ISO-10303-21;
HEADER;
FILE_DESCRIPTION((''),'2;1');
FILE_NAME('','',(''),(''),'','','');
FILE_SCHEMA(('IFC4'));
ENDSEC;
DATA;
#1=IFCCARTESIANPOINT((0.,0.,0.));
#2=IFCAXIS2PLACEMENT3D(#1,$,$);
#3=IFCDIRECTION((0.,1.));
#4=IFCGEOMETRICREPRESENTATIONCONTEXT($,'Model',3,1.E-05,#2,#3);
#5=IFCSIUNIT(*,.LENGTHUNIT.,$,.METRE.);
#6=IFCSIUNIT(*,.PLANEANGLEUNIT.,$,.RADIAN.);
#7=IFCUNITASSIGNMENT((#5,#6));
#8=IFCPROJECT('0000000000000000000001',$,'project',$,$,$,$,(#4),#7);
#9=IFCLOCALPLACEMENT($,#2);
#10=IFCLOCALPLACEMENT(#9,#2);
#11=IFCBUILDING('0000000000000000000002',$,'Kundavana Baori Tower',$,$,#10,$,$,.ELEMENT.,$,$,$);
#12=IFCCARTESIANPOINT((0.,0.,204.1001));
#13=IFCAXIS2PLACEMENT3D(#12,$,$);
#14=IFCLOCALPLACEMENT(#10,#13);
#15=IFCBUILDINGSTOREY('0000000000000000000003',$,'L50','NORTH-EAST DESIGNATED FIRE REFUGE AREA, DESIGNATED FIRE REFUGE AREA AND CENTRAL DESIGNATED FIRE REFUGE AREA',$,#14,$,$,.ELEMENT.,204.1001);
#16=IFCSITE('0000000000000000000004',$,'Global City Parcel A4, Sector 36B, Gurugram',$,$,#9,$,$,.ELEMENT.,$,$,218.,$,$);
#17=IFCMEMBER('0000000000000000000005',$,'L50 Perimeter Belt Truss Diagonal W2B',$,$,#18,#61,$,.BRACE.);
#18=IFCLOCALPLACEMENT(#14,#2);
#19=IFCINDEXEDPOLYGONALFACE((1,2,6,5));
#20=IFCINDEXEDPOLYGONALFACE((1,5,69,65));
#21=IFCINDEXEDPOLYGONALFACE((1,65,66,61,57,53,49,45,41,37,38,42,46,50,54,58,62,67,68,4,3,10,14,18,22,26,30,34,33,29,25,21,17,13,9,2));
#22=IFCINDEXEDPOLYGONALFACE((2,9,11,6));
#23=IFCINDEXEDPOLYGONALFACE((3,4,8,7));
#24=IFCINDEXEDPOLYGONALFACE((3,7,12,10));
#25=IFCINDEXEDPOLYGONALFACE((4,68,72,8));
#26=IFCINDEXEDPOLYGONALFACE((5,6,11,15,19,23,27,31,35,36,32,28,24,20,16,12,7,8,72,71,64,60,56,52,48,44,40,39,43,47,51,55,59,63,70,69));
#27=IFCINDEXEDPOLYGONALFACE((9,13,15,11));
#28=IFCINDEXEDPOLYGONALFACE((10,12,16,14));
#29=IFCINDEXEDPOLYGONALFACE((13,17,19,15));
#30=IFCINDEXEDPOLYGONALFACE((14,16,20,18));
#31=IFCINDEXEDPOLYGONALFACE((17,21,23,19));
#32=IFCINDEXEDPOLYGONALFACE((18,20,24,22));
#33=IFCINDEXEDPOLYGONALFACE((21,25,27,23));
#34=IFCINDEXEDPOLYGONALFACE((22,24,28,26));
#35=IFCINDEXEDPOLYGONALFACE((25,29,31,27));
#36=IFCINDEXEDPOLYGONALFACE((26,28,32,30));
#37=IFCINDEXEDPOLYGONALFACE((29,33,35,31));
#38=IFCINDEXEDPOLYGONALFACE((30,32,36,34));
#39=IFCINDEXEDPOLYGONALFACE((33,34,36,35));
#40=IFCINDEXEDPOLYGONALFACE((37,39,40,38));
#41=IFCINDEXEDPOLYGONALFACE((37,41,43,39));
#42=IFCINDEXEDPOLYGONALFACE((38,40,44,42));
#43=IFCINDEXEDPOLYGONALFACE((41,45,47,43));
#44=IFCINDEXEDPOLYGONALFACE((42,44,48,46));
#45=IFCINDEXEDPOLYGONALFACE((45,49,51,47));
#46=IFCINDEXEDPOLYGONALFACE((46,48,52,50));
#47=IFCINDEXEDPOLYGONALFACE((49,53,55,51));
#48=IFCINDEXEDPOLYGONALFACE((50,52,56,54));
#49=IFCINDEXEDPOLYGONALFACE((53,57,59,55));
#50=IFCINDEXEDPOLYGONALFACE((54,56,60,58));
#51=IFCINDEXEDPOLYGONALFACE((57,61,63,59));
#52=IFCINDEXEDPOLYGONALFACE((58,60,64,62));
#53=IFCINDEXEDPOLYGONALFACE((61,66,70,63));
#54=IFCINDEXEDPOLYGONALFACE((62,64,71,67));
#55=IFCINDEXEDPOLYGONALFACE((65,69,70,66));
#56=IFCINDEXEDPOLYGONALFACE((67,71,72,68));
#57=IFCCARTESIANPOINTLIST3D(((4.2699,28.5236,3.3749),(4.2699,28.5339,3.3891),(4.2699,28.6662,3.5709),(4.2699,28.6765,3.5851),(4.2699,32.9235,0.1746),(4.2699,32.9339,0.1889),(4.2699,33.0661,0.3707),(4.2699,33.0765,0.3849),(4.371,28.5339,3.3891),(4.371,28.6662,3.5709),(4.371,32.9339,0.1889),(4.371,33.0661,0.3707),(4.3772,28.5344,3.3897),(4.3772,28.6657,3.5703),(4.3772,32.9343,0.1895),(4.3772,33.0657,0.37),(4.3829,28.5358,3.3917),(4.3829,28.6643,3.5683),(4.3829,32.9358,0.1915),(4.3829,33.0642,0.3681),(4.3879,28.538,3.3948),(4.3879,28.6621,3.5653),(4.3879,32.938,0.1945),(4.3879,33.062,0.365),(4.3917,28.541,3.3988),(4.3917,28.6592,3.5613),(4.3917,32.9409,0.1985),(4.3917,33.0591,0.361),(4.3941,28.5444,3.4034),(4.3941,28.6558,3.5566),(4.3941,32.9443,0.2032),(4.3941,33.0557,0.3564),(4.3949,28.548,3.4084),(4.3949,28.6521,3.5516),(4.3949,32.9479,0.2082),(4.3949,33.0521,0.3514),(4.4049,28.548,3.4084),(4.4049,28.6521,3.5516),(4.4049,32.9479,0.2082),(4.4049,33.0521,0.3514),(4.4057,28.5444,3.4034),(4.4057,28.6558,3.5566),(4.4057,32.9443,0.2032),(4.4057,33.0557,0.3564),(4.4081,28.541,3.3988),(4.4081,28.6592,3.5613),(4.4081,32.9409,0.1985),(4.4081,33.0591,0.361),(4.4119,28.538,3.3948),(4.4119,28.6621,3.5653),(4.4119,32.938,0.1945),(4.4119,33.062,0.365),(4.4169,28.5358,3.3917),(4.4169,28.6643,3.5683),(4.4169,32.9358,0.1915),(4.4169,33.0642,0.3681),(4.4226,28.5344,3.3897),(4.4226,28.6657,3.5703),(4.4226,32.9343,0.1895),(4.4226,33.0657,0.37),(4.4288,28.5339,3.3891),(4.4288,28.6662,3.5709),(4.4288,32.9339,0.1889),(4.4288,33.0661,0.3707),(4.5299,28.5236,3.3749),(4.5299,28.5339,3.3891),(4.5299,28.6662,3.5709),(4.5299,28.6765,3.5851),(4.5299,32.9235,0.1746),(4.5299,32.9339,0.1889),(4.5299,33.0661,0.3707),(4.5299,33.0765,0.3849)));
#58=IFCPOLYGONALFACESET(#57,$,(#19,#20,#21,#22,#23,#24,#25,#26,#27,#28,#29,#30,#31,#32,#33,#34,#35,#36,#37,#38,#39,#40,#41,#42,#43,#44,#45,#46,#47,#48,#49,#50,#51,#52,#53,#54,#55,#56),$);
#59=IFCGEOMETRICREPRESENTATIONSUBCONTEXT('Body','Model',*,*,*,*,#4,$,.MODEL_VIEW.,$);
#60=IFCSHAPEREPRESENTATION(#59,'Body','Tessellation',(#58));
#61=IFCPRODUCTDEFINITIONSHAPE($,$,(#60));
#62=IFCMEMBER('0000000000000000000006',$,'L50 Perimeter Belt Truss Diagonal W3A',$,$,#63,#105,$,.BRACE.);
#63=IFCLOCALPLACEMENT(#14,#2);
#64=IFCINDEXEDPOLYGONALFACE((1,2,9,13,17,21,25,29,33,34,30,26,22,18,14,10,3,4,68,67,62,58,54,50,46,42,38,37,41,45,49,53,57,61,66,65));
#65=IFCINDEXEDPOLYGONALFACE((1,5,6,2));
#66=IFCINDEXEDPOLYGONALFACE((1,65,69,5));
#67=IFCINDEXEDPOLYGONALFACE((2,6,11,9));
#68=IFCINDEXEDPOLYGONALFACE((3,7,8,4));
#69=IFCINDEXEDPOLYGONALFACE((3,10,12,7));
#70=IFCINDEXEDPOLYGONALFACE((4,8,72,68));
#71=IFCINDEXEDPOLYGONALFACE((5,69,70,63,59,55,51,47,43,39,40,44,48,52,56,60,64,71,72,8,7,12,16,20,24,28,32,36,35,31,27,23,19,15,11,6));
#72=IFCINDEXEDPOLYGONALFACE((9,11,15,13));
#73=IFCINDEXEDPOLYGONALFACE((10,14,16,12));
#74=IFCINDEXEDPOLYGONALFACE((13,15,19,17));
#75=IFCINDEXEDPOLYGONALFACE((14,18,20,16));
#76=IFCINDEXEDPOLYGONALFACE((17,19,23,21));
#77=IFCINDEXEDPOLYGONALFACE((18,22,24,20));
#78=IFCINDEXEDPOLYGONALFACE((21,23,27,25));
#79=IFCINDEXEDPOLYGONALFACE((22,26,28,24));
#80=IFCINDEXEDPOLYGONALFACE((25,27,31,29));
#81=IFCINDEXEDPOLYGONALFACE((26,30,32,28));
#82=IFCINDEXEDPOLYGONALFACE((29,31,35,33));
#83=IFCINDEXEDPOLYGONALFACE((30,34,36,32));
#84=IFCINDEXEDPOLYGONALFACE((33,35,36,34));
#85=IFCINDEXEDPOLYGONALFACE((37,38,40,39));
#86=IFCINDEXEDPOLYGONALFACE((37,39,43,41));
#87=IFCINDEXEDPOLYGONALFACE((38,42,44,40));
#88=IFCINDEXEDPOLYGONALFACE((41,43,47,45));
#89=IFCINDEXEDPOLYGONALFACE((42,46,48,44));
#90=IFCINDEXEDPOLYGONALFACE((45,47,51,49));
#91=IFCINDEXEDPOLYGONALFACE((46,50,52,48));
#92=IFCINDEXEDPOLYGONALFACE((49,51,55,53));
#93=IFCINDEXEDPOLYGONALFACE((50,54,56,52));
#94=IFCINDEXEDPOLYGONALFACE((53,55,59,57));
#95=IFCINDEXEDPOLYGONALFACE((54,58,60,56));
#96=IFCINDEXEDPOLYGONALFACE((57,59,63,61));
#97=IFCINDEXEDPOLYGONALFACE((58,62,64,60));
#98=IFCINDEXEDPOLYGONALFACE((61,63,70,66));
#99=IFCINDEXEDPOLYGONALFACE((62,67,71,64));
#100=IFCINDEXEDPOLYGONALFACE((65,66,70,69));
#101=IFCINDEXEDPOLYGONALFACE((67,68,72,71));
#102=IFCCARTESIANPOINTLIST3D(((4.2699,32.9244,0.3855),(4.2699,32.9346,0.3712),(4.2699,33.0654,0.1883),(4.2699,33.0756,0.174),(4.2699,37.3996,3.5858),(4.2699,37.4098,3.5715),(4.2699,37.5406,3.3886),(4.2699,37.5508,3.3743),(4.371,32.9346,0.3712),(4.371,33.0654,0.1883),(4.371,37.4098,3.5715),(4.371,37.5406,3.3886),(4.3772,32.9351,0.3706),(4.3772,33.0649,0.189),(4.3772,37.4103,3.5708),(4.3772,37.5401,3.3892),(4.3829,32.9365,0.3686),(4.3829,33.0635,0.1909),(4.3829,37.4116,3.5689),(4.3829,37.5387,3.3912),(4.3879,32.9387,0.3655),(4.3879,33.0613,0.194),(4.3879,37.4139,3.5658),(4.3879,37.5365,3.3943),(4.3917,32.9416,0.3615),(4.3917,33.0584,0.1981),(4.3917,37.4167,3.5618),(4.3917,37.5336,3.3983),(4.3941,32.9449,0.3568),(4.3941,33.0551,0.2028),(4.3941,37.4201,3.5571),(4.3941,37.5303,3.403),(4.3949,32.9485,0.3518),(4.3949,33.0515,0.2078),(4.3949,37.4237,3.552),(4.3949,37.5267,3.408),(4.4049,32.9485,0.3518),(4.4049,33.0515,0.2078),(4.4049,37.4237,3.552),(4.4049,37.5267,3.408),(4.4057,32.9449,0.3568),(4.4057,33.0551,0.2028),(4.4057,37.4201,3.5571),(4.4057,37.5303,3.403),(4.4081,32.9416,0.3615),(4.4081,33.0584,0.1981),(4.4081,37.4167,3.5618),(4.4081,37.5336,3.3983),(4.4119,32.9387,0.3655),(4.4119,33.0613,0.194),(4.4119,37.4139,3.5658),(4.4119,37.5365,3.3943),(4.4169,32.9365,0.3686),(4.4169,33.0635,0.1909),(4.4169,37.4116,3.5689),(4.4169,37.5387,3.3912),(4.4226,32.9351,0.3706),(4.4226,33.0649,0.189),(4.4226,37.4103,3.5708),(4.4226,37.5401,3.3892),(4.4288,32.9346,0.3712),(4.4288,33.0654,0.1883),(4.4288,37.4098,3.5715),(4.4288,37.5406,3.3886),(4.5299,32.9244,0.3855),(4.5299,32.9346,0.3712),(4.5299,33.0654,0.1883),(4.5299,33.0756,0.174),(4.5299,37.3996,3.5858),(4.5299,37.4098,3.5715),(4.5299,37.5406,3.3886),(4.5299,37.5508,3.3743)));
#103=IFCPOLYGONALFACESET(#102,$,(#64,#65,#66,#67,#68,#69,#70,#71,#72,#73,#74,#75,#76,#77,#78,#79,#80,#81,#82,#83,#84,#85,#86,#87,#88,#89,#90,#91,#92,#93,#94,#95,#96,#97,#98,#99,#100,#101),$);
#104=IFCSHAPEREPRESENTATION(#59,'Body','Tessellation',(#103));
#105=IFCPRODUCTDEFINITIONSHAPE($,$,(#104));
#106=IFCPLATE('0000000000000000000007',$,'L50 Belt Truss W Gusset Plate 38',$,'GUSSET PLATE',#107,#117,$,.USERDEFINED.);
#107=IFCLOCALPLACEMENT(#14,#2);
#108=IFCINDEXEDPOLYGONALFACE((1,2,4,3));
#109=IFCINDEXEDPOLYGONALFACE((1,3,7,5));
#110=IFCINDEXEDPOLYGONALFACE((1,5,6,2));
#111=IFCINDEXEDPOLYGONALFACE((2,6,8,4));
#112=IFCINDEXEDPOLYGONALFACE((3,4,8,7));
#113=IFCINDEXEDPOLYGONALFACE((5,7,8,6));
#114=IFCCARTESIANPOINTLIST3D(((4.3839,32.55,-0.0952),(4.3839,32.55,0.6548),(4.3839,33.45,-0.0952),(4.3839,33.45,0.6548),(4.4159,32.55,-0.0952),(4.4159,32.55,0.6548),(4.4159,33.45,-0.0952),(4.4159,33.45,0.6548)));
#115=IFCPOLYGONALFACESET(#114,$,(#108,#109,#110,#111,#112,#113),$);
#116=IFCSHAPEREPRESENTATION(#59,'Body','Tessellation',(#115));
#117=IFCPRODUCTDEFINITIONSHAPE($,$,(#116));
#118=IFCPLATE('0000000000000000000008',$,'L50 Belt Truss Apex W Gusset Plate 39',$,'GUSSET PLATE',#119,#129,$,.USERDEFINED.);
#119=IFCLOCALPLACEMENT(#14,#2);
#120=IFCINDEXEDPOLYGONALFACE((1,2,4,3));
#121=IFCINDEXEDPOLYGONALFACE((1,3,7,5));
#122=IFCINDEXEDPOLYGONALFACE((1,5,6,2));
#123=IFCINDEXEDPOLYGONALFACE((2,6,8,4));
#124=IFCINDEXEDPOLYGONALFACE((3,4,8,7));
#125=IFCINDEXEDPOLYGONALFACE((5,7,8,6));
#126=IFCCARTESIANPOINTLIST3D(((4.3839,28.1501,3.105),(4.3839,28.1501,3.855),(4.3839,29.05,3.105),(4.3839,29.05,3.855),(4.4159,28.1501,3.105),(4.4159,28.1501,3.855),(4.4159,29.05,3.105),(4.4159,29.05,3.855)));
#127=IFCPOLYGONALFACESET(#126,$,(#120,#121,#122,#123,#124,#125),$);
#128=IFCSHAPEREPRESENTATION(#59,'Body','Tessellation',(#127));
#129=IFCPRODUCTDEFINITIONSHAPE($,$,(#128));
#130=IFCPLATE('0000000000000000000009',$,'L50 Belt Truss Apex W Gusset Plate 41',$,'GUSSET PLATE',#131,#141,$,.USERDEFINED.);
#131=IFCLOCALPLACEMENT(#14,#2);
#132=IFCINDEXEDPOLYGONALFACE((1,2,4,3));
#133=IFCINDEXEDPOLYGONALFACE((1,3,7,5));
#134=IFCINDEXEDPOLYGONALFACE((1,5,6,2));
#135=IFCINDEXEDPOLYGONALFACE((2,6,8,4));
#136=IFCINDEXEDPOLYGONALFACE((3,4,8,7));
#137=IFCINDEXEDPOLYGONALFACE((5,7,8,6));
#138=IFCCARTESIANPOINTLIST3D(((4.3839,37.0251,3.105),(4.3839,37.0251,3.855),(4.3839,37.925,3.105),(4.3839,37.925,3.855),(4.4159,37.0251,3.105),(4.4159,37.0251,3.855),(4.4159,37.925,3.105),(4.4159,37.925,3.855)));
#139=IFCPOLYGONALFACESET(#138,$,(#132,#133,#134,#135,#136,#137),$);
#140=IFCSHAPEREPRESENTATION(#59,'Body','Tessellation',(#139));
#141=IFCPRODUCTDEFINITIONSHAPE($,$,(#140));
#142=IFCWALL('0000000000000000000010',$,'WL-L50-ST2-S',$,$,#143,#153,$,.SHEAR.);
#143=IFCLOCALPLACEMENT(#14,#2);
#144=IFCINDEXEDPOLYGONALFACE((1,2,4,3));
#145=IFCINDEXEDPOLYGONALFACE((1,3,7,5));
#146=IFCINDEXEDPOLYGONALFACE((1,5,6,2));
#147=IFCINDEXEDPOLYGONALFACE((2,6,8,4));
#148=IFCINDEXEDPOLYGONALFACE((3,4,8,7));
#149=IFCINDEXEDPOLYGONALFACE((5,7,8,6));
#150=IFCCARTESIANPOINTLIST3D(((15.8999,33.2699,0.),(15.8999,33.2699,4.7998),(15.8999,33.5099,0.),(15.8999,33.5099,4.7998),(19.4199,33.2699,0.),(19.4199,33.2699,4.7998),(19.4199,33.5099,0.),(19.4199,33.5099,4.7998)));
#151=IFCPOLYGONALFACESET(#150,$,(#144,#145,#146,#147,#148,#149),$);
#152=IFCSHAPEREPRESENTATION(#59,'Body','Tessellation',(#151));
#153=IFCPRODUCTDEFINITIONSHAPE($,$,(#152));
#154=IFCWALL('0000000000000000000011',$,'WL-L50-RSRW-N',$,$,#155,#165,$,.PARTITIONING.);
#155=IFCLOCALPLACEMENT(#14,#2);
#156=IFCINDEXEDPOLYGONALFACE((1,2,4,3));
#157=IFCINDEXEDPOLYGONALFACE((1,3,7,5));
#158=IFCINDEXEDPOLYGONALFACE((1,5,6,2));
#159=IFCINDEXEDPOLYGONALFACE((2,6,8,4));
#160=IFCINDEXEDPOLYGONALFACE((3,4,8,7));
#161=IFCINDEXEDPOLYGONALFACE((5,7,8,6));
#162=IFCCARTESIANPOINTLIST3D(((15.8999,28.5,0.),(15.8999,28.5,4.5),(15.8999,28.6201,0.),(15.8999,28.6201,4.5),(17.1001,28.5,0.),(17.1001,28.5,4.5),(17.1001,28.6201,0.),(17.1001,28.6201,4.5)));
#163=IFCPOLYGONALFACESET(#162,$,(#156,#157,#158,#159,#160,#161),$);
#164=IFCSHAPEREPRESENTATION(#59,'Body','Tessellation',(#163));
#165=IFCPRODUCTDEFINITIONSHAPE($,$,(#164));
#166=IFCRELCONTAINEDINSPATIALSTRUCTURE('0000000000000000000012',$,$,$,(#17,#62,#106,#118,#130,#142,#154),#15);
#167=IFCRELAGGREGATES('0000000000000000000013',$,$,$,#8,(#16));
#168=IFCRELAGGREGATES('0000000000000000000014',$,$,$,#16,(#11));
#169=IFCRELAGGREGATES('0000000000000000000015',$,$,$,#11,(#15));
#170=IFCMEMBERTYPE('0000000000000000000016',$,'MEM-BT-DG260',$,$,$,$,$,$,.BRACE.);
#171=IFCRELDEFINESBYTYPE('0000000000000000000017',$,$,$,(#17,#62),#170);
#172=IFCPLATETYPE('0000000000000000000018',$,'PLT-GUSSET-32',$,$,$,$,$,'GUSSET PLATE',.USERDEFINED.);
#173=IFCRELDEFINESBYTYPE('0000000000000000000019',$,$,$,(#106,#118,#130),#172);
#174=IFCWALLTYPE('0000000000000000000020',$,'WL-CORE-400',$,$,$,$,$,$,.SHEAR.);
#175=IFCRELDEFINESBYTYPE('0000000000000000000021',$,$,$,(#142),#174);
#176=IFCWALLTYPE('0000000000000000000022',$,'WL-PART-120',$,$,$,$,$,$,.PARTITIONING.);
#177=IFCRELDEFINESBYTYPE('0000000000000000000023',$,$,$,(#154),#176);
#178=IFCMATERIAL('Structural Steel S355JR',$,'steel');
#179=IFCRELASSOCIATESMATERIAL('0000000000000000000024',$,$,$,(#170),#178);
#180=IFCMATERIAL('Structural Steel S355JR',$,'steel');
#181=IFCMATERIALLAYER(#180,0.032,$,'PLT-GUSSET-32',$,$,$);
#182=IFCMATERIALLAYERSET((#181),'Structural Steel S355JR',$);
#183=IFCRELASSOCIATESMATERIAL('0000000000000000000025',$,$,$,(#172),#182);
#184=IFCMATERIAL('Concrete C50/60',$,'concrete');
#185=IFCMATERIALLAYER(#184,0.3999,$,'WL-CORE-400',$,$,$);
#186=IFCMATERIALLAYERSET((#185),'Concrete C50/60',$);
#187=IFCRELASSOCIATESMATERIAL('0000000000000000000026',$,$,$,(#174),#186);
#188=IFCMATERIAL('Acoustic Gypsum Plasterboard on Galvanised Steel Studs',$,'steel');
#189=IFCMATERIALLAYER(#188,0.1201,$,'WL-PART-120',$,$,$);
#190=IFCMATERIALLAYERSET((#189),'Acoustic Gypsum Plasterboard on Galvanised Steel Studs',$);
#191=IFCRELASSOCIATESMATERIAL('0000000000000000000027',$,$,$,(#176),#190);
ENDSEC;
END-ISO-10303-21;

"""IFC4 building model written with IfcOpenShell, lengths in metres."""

from ifc_helpers import new_model, si_unit, direction, frame, frame_2d, origin, origin_2d, place, context, subcontext, project, spatial, rectangle, i_section, extrude, material, layer, layer_set, material_profile, profile_set, type_object, element, save


model = new_model("IFC4")

# Units and contexts
model_context = context("Model", 3, precision=1e-05, world=origin(), true_north=direction((0.0, 1.0)))
body_context = subcontext(model_context, "Body", "Model", "MODEL_VIEW")
ifc_project = project(units=[si_unit("LENGTHUNIT", "METRE"), si_unit("PLANEANGLEUNIT", "RADIAN")], contexts=[model_context])

# Site, building, storey
site_placement = place(None, origin())
site = spatial("IfcSite", under=ifc_project, at=site_placement, Name="Global City Parcel A4, Sector 36B, Gurugram", CompositionType="ELEMENT", RefElevation=218.0)
building_placement = place(site_placement, origin())
building = spatial("IfcBuilding", under=site, at=building_placement, Name="Kundavana Baori Tower", CompositionType="ELEMENT")
storey_placement = place(building_placement, frame((0.0, 0.0, 204.1001)))
storey = spatial("IfcBuildingStorey", under=building, at=storey_placement, Name="L50", Description="NORTH-EAST DESIGNATED FIRE REFUGE AREA, DESIGNATED FIRE REFUGE AREA AND CENTRAL DESIGNATED FIRE REFUGE AREA", CompositionType="ELEMENT", Elevation=204.1001)

# Members
ifc_material_1 = material(Name="Structural Steel S355JR", Category="steel")
ifc_material_profile_1 = material_profile(ifc_material_1, i_section(OverallWidth=0.26, OverallDepth=0.26, WebThickness=0.01, FlangeThickness=0.0176, FilletRadius=0.0239, at=origin_2d()), Name="WPB 260x260x93")
ifc_profile_set_1 = profile_set([ifc_material_profile_1], Name="Structural Steel S355JR")
member_type_1 = type_object("IfcMemberType", Name="MEM-BT-DG260", PredefinedType="BRACE", material=ifc_profile_set_1)
member_1_placement = place(storey_placement, frame((4.3999, 33.0, 0.2798), z_axis=(0.0, -0.808713, 0.588204), x_axis=(1.0, 0.0, 0.0)))
element("IfcMember", 1, at=member_1_placement, inside=storey, type_object=member_type_1, Name="L50 Perimeter Belt Truss Diagonal W2B", PredefinedType="BRACE", context=body_context, shape_type="SweptSolid", body=[
    extrude(i_section(OverallWidth=0.26, OverallDepth=0.26, WebThickness=0.01, FlangeThickness=0.0176, FilletRadius=0.0239, at=origin_2d()), origin(), (0.0, 0.0, 1.0), 5.4407),
])
member_2_placement = place(storey_placement, frame((4.3999, 33.0, 0.2798), z_axis=(0.0, 0.813416, 0.581683), x_axis=(-1.0, 0.0, 0.0)))
element("IfcMember", 2, at=member_2_placement, inside=storey, type_object=member_type_1, Name="L50 Perimeter Belt Truss Diagonal W3A", PredefinedType="BRACE", context=body_context, shape_type="SweptSolid", body=[
    extrude(i_section(OverallWidth=0.26, OverallDepth=0.26, WebThickness=0.01, FlangeThickness=0.0176, FilletRadius=0.0239, at=origin_2d()), origin(), (0.0, 0.0, 1.0), 5.5017),
])

# Plates
ifc_material_2 = material(Name="Structural Steel S355JR", Category="steel")
ifc_layer_1 = layer(ifc_material_2, 0.032, Name="PLT-GUSSET-32")
ifc_layer_set_1 = layer_set([ifc_layer_1], Name="Structural Steel S355JR")
plate_type = type_object("IfcPlateType", Name="PLT-GUSSET-32", ElementType="GUSSET PLATE", PredefinedType="USERDEFINED", material=ifc_layer_set_1)
for number, where, z_axis, x_axis, name in (
    (3, (4.3999, 33.0, -0.0952), (0.0, 0.0, 1.0), (1.0, 0.0, 0.0), "L50 Belt Truss W Gusset Plate 38"),
    (4, (4.3999, 28.6001, 3.105), (0.0, 0.0, 1.0), (1.0, 0.0, 0.0), "L50 Belt Truss Apex W Gusset Plate 39"),
    (5, (4.3999, 37.4751, 3.105), (0.0, 0.0, 1.0), (1.0, 0.0, 0.0), "L50 Belt Truss Apex W Gusset Plate 41"),
):
    element("IfcPlate", number, at=place(storey_placement, frame(where, z_axis=z_axis, x_axis=x_axis)), inside=storey, type_object=plate_type, Name=name, ObjectType="GUSSET PLATE", PredefinedType="USERDEFINED", context=body_context, shape_type="SweptSolid", body=[
        extrude(rectangle(XDim=0.032, YDim=0.8999, at=origin_2d()), origin(), (0.0, 0.0, 1.0), 0.75),
    ])

# Walls
ifc_material_3 = material(Name="Concrete C50/60", Category="concrete")
ifc_layer_2 = layer(ifc_material_3, 0.3999, Name="WL-CORE-400")
ifc_layer_set_2 = layer_set([ifc_layer_2], Name="Concrete C50/60")
wall_type_1 = type_object("IfcWallType", Name="WL-CORE-400", PredefinedType="SHEAR", material=ifc_layer_set_2)
wall_1_placement = place(storey_placement, frame((15.8999, 33.3899, 0.0), z_axis=(0.0, 0.0, 1.0), x_axis=(1.0, 0.0, 0.0)))
element("IfcWall", 6, at=wall_1_placement, inside=storey, type_object=wall_type_1, Name="WL-L50-ST2-S", PredefinedType="SHEAR", context=body_context, shape_type="SweptSolid", body=[
    extrude(rectangle(XDim=3.52, YDim=0.24, at=frame_2d((1.76, 0.0))), origin(), (0.0, 0.0, 1.0), 4.7998),
])
ifc_material_4 = material(Name="Acoustic Gypsum Plasterboard on Galvanised Steel Studs", Category="steel")
ifc_layer_3 = layer(ifc_material_4, 0.1201, Name="WL-PART-120")
ifc_layer_set_3 = layer_set([ifc_layer_3], Name="Acoustic Gypsum Plasterboard on Galvanised Steel Studs")
wall_type_2 = type_object("IfcWallType", Name="WL-PART-120", PredefinedType="PARTITIONING", material=ifc_layer_set_3)
wall_2_placement = place(storey_placement, frame((15.8999, 28.5601, 0.0), z_axis=(0.0, 0.0, 1.0), x_axis=(1.0, 0.0, 0.0)))
element("IfcWall", 7, at=wall_2_placement, inside=storey, type_object=wall_type_2, Name="WL-L50-RSRW-N", PredefinedType="PARTITIONING", context=body_context, shape_type="SweptSolid", body=[
    extrude(rectangle(XDim=1.2002, YDim=0.1201, at=frame_2d((0.6001, 0.0))), origin(), (0.0, 0.0, 1.0), 4.5),
])

save(model, "model.ifc")
